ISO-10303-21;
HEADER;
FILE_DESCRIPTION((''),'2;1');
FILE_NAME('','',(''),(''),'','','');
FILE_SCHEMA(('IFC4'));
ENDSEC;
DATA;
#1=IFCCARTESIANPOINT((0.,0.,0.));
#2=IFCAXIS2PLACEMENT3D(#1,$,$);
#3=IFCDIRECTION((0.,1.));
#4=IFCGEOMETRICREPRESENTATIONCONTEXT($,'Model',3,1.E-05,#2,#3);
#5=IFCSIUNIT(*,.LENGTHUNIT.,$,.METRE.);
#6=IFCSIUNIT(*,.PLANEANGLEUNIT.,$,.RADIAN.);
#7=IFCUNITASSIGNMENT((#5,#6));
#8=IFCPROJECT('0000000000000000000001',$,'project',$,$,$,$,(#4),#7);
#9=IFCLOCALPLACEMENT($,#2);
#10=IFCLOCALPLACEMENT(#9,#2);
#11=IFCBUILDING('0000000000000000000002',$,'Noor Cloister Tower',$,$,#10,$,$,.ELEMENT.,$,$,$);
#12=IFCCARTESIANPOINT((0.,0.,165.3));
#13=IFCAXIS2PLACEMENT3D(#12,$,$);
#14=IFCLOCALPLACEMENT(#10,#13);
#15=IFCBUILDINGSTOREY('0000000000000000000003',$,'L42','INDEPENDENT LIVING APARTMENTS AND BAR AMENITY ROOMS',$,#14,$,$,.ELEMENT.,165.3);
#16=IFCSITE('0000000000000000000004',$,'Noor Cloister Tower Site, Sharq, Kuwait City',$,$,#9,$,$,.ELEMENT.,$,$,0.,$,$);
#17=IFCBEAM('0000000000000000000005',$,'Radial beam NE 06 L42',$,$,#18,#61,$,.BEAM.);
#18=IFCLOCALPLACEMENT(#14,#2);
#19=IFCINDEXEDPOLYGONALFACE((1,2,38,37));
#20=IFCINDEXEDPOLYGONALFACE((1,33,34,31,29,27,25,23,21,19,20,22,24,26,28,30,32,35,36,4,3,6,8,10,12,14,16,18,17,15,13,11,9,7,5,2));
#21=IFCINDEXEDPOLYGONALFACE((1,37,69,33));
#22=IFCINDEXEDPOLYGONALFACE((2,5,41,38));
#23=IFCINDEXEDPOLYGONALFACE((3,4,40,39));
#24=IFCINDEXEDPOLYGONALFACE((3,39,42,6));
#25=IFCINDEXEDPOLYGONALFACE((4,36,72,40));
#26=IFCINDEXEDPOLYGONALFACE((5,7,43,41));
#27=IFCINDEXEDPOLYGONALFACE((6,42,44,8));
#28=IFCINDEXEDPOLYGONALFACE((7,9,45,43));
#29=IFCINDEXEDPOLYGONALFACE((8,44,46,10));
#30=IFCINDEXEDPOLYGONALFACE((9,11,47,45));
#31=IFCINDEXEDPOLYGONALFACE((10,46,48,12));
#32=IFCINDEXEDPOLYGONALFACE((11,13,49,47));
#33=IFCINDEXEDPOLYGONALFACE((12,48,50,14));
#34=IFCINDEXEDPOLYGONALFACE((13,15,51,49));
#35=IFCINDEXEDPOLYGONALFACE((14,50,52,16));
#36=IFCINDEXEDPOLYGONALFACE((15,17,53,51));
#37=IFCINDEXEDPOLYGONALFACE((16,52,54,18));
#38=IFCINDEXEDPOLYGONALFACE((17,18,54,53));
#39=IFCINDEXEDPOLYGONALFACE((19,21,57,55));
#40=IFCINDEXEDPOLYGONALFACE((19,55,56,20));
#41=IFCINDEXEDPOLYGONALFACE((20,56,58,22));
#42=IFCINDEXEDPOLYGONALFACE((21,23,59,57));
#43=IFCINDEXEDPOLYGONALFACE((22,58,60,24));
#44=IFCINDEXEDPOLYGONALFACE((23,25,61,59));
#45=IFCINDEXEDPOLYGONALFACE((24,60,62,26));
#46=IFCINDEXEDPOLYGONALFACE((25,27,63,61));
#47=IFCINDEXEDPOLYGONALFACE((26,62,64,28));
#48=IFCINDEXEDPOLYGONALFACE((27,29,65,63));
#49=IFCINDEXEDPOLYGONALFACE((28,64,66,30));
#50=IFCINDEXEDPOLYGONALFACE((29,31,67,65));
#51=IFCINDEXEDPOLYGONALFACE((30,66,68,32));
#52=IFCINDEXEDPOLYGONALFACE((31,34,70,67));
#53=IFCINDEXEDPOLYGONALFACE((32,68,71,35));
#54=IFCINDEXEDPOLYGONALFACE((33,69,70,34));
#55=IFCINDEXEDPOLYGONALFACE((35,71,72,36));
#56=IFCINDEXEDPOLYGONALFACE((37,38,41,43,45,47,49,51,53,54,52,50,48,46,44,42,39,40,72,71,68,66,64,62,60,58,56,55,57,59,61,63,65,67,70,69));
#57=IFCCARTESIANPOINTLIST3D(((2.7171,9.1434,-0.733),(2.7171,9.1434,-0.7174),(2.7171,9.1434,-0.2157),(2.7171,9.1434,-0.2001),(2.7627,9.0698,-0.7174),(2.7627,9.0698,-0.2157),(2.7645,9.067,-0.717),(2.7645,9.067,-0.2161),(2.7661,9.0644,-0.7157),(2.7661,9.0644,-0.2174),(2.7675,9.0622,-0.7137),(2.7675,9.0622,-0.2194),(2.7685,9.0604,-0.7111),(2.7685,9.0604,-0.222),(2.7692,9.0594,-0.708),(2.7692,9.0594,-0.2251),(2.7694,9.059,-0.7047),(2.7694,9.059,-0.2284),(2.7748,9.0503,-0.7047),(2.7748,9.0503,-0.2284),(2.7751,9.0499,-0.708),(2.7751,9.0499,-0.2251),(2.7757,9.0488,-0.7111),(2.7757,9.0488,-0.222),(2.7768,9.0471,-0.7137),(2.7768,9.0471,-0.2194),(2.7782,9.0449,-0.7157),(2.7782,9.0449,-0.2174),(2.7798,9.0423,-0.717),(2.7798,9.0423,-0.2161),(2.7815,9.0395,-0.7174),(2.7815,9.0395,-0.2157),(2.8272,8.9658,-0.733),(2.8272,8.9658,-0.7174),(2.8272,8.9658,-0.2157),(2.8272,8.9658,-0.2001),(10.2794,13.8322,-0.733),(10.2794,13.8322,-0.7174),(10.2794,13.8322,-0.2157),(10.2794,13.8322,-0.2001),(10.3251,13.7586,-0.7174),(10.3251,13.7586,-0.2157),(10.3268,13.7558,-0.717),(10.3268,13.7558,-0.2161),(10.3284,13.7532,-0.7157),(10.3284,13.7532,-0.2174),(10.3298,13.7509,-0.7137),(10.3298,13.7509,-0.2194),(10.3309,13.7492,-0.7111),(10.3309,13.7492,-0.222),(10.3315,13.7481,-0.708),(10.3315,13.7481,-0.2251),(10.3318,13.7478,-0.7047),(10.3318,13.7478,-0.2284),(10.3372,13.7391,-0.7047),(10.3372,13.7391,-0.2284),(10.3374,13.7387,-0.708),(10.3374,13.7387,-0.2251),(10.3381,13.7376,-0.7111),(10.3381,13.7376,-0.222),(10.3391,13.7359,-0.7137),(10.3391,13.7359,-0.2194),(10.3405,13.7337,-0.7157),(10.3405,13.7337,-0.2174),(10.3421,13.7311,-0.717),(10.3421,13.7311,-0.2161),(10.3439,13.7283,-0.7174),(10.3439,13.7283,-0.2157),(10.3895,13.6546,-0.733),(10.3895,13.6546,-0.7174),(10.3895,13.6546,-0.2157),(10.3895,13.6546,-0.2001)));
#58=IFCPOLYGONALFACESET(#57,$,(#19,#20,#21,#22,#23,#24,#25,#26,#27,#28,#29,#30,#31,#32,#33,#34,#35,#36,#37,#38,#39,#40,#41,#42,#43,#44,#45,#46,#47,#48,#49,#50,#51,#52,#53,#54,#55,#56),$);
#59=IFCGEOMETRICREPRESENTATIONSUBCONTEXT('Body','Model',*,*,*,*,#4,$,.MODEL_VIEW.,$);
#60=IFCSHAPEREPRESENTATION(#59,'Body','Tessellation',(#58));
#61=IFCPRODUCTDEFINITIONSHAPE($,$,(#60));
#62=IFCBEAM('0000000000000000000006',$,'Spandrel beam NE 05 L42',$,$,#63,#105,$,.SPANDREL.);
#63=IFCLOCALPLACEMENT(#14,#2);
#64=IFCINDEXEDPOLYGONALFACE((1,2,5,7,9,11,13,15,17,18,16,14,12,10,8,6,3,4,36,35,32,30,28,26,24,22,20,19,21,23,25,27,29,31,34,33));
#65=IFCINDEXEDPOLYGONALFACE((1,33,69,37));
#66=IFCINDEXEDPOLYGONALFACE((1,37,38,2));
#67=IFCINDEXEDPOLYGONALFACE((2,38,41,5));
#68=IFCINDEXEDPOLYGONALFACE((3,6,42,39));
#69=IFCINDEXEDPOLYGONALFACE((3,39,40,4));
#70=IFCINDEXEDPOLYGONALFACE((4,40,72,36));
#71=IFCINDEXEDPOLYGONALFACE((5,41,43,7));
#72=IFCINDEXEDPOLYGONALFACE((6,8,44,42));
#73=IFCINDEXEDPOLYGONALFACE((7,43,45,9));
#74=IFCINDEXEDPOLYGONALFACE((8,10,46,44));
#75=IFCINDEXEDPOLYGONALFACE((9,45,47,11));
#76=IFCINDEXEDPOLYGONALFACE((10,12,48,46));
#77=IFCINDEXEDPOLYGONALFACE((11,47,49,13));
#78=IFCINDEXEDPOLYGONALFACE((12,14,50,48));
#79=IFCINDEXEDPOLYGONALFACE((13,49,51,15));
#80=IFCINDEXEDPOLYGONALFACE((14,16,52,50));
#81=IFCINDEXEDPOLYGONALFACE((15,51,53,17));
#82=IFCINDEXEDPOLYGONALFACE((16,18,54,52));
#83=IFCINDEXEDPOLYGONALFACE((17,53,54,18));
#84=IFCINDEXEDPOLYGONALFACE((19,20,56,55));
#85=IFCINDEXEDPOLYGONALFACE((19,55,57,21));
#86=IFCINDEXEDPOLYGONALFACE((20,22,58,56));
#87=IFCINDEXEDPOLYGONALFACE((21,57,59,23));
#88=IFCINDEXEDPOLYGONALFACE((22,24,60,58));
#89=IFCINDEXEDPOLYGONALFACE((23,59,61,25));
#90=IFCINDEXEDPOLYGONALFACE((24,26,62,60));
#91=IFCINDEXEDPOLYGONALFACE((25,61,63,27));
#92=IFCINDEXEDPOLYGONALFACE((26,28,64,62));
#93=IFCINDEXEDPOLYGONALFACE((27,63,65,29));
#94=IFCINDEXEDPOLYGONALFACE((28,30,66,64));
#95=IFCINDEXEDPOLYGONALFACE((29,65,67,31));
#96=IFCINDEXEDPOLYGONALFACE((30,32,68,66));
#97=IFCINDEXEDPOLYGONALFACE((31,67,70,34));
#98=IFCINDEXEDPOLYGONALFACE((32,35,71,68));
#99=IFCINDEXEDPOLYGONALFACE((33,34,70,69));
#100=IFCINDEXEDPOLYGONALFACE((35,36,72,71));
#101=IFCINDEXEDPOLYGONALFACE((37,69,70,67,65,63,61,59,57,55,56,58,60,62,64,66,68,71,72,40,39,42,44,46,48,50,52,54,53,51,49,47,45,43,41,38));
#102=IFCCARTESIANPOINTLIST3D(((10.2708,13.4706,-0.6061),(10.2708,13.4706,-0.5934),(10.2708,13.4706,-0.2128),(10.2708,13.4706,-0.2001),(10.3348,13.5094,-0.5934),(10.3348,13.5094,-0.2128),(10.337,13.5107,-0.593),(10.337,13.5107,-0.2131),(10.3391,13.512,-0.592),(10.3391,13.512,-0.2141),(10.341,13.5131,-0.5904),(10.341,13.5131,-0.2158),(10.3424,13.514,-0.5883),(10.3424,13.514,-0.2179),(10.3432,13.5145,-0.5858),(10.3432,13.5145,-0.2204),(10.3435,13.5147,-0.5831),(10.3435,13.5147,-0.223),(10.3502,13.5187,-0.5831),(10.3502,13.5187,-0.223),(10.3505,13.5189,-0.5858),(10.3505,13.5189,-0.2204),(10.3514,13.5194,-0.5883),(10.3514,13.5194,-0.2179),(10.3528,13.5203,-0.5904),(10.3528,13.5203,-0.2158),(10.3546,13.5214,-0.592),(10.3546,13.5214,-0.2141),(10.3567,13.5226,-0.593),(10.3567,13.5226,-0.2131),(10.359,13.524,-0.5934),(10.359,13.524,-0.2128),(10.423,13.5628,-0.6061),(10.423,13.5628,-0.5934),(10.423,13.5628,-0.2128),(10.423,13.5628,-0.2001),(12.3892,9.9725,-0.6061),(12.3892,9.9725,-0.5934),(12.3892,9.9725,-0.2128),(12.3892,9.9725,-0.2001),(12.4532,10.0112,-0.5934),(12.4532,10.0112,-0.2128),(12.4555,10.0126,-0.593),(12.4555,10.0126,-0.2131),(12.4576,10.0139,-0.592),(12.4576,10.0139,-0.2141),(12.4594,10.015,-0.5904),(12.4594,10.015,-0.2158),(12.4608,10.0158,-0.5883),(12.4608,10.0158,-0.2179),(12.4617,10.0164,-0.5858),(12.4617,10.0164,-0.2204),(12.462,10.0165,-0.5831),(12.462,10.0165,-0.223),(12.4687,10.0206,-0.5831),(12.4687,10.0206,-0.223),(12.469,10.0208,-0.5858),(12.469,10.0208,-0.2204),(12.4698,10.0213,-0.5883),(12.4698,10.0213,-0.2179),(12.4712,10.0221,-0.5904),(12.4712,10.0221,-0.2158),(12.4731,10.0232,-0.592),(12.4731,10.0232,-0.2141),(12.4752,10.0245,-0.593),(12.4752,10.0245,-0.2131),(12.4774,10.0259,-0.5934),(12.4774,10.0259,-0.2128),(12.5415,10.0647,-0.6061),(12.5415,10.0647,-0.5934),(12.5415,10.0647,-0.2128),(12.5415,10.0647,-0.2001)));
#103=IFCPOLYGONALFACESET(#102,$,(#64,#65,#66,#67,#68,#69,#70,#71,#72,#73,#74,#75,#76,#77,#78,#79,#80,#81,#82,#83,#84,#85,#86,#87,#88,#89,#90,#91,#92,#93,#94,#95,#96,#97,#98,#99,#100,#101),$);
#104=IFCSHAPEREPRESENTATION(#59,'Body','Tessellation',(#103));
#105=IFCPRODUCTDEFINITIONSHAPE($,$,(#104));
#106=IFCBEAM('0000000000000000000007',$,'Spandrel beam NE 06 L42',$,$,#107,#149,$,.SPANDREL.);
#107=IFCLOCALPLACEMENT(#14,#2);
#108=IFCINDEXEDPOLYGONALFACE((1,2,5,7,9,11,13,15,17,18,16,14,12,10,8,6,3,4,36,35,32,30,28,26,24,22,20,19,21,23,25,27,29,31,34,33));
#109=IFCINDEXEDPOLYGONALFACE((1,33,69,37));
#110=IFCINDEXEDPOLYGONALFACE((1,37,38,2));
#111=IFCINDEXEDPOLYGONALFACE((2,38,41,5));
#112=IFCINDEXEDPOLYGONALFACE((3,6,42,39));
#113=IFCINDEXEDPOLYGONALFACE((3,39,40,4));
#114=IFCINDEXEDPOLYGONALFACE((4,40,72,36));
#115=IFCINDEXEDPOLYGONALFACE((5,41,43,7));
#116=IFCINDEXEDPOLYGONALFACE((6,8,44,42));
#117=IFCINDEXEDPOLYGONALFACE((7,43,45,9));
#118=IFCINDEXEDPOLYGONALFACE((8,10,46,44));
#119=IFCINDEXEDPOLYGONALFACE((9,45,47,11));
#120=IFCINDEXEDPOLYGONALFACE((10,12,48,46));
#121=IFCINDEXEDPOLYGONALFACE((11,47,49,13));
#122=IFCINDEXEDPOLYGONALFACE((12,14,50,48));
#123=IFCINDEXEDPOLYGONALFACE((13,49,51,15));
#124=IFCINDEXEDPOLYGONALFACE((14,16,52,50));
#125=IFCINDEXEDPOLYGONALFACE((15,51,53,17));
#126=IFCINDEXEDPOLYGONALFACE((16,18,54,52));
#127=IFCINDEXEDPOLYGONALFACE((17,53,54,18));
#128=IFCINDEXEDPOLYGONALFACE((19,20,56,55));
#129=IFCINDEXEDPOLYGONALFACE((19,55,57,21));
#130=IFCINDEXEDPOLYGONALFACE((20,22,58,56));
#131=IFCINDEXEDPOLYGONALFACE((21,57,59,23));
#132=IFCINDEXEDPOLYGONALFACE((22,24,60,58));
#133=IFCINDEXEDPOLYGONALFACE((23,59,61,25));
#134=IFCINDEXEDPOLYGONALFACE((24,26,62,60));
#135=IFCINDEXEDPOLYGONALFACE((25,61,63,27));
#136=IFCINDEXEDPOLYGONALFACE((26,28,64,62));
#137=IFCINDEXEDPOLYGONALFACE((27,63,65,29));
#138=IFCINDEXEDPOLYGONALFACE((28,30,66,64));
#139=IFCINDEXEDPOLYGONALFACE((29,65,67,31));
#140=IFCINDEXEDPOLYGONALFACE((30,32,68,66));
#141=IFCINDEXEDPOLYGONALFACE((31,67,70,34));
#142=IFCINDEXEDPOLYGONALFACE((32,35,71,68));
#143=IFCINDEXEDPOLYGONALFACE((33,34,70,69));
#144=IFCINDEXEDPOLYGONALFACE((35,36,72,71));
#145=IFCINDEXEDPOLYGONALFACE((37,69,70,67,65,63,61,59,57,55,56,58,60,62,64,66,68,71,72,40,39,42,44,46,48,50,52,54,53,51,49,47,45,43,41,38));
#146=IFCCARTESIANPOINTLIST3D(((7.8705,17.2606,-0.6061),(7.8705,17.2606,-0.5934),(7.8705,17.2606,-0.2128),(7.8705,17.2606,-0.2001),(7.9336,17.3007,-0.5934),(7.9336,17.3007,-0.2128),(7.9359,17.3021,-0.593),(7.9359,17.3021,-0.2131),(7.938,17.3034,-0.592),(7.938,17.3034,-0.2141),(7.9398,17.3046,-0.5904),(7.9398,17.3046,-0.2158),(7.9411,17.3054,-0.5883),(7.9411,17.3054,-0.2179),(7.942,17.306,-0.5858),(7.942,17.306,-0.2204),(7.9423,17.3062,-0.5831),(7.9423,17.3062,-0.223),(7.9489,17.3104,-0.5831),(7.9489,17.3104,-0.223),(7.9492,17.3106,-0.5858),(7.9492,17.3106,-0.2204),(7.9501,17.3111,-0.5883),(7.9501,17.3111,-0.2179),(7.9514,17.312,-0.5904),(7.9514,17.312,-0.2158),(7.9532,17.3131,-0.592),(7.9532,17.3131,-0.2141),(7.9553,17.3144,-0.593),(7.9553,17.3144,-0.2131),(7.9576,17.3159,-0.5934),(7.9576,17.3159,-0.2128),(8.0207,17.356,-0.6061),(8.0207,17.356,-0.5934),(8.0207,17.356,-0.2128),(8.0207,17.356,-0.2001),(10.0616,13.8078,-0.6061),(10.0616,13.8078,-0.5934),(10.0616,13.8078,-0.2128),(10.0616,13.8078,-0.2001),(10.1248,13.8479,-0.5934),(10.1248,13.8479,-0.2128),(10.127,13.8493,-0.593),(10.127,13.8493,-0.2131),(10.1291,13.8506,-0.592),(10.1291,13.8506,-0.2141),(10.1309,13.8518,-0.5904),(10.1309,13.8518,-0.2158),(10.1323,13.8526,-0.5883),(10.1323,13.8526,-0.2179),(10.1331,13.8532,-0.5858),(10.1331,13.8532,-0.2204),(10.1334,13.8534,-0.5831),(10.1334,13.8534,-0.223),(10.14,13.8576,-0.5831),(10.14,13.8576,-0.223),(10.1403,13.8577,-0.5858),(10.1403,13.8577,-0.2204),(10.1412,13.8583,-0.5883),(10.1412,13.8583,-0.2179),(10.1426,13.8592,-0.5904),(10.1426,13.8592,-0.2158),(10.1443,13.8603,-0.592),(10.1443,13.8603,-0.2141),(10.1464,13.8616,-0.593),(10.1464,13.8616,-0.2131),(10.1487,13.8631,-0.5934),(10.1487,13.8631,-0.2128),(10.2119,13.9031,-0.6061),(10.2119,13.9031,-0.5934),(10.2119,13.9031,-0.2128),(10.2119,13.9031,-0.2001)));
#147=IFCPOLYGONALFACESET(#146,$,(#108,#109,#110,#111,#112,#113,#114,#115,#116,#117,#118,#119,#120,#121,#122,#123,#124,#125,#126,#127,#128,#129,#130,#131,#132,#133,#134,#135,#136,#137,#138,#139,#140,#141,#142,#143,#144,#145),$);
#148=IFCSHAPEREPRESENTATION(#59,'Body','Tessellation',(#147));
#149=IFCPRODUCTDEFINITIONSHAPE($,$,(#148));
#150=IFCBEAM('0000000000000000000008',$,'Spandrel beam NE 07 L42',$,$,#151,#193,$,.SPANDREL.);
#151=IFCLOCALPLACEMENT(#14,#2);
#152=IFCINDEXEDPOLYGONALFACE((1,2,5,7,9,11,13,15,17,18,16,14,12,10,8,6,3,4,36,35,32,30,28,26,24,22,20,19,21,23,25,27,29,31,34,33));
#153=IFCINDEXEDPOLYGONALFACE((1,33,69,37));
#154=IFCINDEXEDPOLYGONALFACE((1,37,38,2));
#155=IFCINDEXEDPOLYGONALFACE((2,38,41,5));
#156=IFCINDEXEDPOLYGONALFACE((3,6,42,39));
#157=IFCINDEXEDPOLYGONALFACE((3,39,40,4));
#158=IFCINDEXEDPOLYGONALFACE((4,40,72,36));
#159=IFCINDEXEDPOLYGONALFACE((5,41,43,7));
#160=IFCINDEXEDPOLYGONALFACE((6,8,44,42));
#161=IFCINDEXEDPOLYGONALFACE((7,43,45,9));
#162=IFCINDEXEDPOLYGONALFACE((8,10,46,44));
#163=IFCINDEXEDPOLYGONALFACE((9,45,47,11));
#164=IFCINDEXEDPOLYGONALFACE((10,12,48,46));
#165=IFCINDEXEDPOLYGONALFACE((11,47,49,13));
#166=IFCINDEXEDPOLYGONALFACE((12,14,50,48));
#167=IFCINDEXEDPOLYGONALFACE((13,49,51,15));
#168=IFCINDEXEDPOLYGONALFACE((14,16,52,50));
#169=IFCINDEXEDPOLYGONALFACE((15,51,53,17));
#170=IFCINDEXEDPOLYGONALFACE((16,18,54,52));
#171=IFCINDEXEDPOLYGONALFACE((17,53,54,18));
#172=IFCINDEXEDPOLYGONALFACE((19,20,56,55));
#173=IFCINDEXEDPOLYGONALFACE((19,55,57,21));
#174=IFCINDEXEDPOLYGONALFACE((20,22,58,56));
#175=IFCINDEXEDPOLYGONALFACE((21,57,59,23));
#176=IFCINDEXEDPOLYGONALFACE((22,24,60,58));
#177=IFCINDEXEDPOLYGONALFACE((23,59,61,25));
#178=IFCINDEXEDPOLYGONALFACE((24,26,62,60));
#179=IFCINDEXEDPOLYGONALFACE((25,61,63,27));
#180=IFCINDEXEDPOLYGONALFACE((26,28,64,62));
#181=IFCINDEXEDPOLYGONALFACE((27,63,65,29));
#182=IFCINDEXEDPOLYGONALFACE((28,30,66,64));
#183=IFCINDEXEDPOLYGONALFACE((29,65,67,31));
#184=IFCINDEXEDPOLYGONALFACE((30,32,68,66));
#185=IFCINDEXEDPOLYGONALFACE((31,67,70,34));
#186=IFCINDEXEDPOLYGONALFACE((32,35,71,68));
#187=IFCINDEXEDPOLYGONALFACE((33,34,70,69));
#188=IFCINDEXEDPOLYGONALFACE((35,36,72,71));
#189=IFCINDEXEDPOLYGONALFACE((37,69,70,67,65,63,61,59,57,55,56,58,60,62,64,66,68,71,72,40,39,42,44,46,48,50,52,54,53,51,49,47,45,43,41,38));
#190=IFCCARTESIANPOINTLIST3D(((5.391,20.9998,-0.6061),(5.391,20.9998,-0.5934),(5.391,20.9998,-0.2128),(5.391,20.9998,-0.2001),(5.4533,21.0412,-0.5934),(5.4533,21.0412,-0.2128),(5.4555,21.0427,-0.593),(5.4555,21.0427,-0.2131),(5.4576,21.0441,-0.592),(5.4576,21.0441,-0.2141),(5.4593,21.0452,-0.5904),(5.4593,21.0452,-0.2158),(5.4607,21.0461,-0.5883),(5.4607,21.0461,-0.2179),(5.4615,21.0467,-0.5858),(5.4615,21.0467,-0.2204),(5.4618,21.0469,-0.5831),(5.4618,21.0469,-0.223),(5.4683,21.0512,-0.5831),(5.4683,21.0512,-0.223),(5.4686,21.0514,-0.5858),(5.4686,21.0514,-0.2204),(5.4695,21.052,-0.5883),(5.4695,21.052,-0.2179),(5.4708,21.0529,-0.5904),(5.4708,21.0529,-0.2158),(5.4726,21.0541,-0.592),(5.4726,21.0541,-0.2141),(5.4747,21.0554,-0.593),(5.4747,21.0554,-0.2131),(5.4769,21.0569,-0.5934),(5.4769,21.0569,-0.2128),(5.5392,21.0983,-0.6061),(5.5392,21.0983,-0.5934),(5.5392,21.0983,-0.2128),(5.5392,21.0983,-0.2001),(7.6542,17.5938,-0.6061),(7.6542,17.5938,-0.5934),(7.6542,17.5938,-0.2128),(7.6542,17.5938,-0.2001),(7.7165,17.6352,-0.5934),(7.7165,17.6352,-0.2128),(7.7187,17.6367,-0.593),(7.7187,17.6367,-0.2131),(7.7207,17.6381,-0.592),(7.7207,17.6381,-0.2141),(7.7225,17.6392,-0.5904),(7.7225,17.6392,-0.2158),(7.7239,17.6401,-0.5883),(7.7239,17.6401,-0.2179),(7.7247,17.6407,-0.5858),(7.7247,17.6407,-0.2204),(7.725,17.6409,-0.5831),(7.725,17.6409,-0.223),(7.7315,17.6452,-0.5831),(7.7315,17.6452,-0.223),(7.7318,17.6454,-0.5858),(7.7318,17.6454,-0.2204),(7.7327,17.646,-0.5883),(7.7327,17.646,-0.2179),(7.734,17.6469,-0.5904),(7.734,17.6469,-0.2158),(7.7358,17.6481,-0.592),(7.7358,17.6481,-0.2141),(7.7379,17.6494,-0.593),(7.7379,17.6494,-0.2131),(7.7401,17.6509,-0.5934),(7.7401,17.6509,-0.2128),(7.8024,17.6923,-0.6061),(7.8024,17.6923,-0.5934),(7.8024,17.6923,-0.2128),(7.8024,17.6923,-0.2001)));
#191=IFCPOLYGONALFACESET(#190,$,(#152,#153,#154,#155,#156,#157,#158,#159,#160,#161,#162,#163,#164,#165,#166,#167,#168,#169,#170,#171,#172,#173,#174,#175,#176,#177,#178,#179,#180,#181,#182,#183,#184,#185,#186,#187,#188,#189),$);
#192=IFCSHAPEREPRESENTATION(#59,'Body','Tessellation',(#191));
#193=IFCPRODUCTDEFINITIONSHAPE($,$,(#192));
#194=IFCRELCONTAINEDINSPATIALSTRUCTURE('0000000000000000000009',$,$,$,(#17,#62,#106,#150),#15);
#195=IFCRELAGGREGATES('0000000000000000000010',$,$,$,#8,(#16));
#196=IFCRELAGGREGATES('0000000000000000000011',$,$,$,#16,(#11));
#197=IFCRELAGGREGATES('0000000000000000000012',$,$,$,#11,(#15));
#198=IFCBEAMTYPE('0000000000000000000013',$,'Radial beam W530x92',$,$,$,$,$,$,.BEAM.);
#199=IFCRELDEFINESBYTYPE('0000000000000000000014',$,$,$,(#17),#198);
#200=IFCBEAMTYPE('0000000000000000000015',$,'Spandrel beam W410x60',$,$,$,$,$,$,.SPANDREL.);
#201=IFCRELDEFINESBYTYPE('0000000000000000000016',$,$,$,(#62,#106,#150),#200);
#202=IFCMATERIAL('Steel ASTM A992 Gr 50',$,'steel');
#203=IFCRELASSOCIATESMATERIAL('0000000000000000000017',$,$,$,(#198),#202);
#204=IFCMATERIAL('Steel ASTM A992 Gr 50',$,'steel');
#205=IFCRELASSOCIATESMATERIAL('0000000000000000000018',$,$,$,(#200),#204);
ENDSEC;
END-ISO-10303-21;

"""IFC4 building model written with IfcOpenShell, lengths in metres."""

from ifc_helpers import new_model, si_unit, direction, frame, origin, origin_2d, place, context, subcontext, project, spatial, i_section, extrude, material, material_profile, profile_set, type_object, element, save


model = new_model("IFC4")

# Units and contexts
model_context = context("Model", 3, precision=1e-05, world=origin(), true_north=direction((0.0, 1.0)))
body_context = subcontext(model_context, "Body", "Model", "MODEL_VIEW")
ifc_project = project(units=[si_unit("LENGTHUNIT", "METRE"), si_unit("PLANEANGLEUNIT", "RADIAN")], contexts=[model_context])

# Site, building, storey
site_placement = place(None, origin())
site = spatial("IfcSite", under=ifc_project, at=site_placement, Name="Noor Cloister Tower Site, Sharq, Kuwait City", CompositionType="ELEMENT", RefElevation=0.0)
building_placement = place(site_placement, origin())
building = spatial("IfcBuilding", under=site, at=building_placement, Name="Noor Cloister Tower", CompositionType="ELEMENT")
storey_placement = place(building_placement, frame((0.0, 0.0, 165.3)))
storey = spatial("IfcBuildingStorey", under=building, at=storey_placement, Name="L42", Description="INDEPENDENT LIVING APARTMENTS AND BAR AMENITY ROOMS", CompositionType="ELEMENT", Elevation=165.3)

# Beams
ifc_material_1 = material(Name="Steel ASTM A992 Gr 50", Category="steel")
ifc_material_profile_1 = material_profile(ifc_material_1, i_section(OverallWidth=0.209, OverallDepth=0.533, WebThickness=0.0103, FlangeThickness=0.0156, FilletRadius=0.0127, at=origin_2d()), Name="W530x92")
ifc_profile_set_1 = profile_set([ifc_material_profile_1], Name="Steel ASTM A992 Gr 50")
beam_type_1 = type_object("IfcBeamType", Name="Radial beam W530x92", PredefinedType="BEAM", material=ifc_profile_set_1)
beam_1_placement = place(storey_placement, frame((10.3345, 13.7434, -0.4666), z_axis=(-0.849897, -0.52695, 0.0), x_axis=(0.52695, -0.849897, 0.0)))
element("IfcBeam", 1, at=beam_1_placement, inside=storey, type_object=beam_type_1, Name="Radial beam NE 06 L42", PredefinedType="BEAM", context=body_context, shape_type="SweptSolid", body=[
    extrude(i_section(OverallWidth=0.209, OverallDepth=0.533, WebThickness=0.0103, FlangeThickness=0.0156, FilletRadius=0.0127, at=origin_2d()), origin(), (0.0, 0.0, 1.0), 8.8979),
])
ifc_material_2 = material(Name="Steel ASTM A992 Gr 50", Category="steel")
ifc_material_profile_2 = material_profile(ifc_material_2, i_section(OverallWidth=0.178, OverallDepth=0.406, WebThickness=0.0078, FlangeThickness=0.0127, FilletRadius=0.0103, at=origin_2d()), Name="W410x60")
ifc_profile_set_2 = profile_set([ifc_material_profile_2], Name="Steel ASTM A992 Gr 50")
beam_type_2 = type_object("IfcBeamType", Name="Spandrel beam W410x60", PredefinedType="SPANDREL", material=ifc_profile_set_2)
beam_2_placement = place(storey_placement, frame((12.4653, 10.0186, -0.4031), z_axis=(-0.518012, 0.855373, 0.0), x_axis=(-0.855373, -0.518012, 0.0)))
element("IfcBeam", 2, at=beam_2_placement, inside=storey, type_object=beam_type_2, Name="Spandrel beam NE 05 L42", PredefinedType="SPANDREL", context=body_context, shape_type="SweptSolid", body=[
    extrude(i_section(OverallWidth=0.178, OverallDepth=0.406, WebThickness=0.0078, FlangeThickness=0.0127, FilletRadius=0.0103, at=origin_2d()), origin(), (0.0, 0.0, 1.0), 4.0896),
])
for number, where, z_axis, x_axis, name in (
    (3, (10.1367, 13.8555, -0.4031), (-0.535809, 0.844339, 0.0), (-0.844339, -0.535809, 0.0), "Spandrel beam NE 06 L42"),
    (4, (7.7283, 17.6431, -0.4031), (-0.553432, 0.832894, 0.0), (-0.832894, -0.553432, 0.0), "Spandrel beam NE 07 L42"),
):
    element("IfcBeam", number, at=place(storey_placement, frame(where, z_axis=z_axis, x_axis=x_axis)), inside=storey, type_object=beam_type_2, Name=name, PredefinedType="SPANDREL", context=body_context, shape_type="SweptSolid", body=[
        extrude(i_section(OverallWidth=0.178, OverallDepth=0.406, WebThickness=0.0078, FlangeThickness=0.0127, FilletRadius=0.0103, at=origin_2d()), origin(), (0.0, 0.0, 1.0), 4.0894),
    ])

save(model, "model.ifc")
